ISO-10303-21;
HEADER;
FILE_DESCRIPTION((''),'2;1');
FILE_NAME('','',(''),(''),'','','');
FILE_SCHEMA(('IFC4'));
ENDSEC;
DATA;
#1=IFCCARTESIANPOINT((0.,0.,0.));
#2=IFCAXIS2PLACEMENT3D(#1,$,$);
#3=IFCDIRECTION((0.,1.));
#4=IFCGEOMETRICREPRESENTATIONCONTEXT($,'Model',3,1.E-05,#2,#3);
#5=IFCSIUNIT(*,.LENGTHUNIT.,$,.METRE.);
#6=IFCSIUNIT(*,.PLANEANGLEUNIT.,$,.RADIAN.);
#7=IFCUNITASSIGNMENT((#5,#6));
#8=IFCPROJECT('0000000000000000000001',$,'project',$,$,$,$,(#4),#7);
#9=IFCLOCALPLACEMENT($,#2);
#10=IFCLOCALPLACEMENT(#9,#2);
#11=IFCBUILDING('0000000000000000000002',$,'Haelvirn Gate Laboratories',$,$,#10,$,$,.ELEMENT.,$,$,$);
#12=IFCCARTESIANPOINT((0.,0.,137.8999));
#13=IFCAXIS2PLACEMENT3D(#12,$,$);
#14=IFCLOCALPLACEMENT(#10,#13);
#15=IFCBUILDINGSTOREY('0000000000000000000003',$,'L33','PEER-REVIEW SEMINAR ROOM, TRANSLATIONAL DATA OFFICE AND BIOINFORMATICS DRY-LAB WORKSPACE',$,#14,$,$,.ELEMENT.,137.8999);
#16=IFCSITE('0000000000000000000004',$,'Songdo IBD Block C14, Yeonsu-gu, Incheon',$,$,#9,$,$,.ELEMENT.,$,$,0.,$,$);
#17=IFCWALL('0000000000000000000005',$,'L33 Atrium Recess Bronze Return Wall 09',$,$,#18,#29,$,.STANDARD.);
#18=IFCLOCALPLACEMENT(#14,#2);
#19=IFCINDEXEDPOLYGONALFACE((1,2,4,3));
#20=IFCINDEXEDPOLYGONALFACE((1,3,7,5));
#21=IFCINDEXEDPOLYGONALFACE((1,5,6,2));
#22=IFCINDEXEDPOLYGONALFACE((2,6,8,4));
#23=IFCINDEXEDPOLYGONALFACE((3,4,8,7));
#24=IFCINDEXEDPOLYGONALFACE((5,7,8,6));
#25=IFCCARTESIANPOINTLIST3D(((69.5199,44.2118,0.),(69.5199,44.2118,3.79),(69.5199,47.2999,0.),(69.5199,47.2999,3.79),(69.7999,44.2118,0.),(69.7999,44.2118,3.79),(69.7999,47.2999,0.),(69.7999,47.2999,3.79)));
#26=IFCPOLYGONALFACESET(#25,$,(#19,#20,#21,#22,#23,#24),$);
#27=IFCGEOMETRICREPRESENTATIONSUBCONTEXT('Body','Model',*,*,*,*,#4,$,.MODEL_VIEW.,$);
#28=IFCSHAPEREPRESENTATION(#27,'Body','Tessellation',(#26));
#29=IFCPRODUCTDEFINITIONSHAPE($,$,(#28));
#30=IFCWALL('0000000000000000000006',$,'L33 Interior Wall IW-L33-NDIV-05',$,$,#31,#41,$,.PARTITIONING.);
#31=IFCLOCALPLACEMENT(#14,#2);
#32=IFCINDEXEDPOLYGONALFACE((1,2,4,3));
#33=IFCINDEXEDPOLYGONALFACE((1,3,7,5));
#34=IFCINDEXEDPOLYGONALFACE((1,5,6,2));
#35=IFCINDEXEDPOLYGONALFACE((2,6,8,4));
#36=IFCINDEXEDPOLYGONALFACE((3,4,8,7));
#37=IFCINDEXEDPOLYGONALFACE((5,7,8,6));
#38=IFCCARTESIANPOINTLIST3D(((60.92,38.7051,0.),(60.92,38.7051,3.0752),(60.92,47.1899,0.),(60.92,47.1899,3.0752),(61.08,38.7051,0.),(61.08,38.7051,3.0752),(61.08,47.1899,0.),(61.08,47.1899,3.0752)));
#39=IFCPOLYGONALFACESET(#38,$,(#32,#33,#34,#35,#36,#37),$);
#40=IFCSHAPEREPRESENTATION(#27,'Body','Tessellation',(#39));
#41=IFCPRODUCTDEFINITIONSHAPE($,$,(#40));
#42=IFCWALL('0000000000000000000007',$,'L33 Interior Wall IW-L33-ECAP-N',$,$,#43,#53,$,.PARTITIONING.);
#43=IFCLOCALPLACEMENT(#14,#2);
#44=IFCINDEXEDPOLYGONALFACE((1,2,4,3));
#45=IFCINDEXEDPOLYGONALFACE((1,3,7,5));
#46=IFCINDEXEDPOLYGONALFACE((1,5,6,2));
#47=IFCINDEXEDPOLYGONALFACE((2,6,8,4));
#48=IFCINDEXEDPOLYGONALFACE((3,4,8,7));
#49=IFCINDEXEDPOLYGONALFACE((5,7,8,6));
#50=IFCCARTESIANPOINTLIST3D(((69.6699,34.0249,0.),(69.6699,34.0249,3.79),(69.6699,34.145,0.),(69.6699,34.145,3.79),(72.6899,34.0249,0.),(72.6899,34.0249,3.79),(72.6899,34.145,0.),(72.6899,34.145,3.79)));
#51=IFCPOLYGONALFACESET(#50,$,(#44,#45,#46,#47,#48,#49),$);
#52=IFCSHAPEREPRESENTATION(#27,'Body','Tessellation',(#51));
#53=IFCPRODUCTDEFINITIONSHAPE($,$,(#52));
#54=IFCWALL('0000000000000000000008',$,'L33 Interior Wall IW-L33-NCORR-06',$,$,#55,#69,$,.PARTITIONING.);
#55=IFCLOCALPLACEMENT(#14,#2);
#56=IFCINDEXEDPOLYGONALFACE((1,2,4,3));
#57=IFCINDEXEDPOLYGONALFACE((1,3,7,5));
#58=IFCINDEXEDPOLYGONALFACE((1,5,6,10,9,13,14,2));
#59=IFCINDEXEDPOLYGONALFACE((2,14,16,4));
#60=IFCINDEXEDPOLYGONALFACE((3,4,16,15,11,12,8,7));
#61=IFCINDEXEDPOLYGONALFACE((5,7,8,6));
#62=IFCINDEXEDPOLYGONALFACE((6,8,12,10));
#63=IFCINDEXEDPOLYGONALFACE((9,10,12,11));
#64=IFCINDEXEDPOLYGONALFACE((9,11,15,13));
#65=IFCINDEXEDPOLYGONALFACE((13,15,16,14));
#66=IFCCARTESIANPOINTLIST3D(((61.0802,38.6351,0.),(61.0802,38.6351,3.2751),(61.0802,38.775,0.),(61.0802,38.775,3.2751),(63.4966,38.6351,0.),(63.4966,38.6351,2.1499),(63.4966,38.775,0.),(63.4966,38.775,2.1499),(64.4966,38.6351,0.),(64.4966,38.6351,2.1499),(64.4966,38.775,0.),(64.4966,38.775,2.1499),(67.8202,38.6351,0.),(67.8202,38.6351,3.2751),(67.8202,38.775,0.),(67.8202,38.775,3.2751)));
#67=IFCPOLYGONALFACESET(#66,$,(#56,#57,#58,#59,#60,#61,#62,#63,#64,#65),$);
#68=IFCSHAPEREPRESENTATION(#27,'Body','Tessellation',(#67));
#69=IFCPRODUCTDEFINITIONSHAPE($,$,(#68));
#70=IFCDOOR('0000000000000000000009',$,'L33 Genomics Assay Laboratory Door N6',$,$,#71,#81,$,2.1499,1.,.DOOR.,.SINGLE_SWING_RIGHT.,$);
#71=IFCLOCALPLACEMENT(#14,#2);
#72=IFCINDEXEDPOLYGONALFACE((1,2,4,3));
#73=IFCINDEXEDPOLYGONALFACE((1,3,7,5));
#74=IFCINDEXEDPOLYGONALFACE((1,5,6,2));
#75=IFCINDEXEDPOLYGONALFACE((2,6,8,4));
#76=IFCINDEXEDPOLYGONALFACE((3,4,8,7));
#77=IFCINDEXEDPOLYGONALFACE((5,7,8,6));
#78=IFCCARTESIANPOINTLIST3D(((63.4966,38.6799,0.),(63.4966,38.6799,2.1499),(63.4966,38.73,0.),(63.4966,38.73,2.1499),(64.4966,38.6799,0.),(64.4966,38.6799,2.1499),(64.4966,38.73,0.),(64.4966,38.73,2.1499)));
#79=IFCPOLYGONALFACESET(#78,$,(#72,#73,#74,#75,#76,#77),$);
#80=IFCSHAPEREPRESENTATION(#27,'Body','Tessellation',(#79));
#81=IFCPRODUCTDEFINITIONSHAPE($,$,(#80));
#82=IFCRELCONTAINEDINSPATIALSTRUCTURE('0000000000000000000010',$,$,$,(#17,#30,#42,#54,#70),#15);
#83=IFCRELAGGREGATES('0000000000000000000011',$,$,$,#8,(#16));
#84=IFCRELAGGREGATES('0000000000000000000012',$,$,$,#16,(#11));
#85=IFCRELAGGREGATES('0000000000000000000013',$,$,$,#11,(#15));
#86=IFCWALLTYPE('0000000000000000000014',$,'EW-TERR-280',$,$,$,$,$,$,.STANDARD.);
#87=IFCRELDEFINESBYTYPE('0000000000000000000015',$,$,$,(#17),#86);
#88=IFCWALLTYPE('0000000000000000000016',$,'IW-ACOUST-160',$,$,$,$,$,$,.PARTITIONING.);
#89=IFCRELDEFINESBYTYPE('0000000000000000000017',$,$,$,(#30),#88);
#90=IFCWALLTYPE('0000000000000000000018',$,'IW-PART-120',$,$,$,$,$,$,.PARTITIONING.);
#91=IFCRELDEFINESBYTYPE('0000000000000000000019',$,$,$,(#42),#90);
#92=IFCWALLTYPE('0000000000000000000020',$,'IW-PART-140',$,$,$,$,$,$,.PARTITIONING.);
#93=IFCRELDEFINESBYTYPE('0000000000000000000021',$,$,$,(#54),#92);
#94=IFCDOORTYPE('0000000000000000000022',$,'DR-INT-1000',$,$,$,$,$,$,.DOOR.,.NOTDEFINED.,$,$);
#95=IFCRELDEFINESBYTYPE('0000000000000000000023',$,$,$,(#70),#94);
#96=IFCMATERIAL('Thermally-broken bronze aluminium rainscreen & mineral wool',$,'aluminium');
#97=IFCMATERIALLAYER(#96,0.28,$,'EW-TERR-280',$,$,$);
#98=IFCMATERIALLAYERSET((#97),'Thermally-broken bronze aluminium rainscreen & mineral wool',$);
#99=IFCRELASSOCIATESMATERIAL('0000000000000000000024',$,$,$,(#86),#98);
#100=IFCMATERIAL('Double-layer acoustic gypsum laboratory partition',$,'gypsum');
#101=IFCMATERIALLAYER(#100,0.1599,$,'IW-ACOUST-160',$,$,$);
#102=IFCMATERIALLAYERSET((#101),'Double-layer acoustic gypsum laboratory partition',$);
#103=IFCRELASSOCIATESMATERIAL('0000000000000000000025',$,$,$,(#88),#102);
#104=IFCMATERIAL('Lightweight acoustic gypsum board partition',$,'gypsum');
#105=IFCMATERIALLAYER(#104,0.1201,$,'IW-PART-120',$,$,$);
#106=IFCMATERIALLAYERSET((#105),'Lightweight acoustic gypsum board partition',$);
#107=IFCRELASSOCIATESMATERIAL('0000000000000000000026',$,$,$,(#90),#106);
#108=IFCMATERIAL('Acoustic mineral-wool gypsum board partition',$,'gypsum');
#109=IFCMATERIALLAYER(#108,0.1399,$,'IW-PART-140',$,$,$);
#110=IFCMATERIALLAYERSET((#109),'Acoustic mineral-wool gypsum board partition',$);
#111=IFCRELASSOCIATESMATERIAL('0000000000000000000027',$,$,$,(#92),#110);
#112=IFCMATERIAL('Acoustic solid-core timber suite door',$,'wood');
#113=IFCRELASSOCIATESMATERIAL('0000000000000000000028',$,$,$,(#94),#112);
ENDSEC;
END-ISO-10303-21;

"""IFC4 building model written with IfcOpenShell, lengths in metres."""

from ifc_helpers import new_model, si_unit, direction, frame, frame_2d, origin, place, context, subcontext, project, spatial, rectangle, extrude, source, transform, mapped, material, layer, layer_set, type_object, type_shapes, element, fill, save


model = new_model("IFC4")

# Units and contexts
model_context = context("Model", 3, precision=1e-05, world=origin(), true_north=direction((0.0, 1.0)))
body_context = subcontext(model_context, "Body", "Model", "MODEL_VIEW")
ifc_project = project(units=[si_unit("LENGTHUNIT", "METRE"), si_unit("PLANEANGLEUNIT", "RADIAN")], contexts=[model_context])

# Site, building, storey
site_placement = place(None, origin())
site = spatial("IfcSite", under=ifc_project, at=site_placement, Name="Songdo IBD Block C14, Yeonsu-gu, Incheon", CompositionType="ELEMENT", RefElevation=0.0)
building_placement = place(site_placement, origin())
building = spatial("IfcBuilding", under=site, at=building_placement, Name="Haelvirn Gate Laboratories", CompositionType="ELEMENT")
storey_placement = place(building_placement, frame((0.0, 0.0, 137.8999)))
storey = spatial("IfcBuildingStorey", under=building, at=storey_placement, Name="L33", Description="PEER-REVIEW SEMINAR ROOM, TRANSLATIONAL DATA OFFICE AND BIOINFORMATICS DRY-LAB WORKSPACE", CompositionType="ELEMENT", Elevation=137.8999)

# Walls
ifc_material_1 = material(Name="Thermally-broken bronze aluminium rainscreen & mineral wool", Category="aluminium")
ifc_layer_1 = layer(ifc_material_1, 0.28, Name="EW-TERR-280")
ifc_layer_set_1 = layer_set([ifc_layer_1], Name="Thermally-broken bronze aluminium rainscreen & mineral wool")
wall_type_1 = type_object("IfcWallType", Name="EW-TERR-280", PredefinedType="STANDARD", material=ifc_layer_set_1)
wall_1_placement = place(storey_placement, frame((69.6599, 44.2119, 0.0), z_axis=(0.0, 0.0, 1.0), x_axis=(0.0, 1.0, 0.0)))
element("IfcWall", 1, at=wall_1_placement, inside=storey, type_object=wall_type_1, Name="L33 Atrium Recess Bronze Return Wall 09", PredefinedType="STANDARD", context=body_context, shape_type="SweptSolid", body=[
    extrude(rectangle(XDim=3.0881, YDim=0.28, at=frame_2d((1.5439, 0.0))), origin(), (0.0, 0.0, 1.0), 3.79),
])
ifc_material_2 = material(Name="Double-layer acoustic gypsum laboratory partition", Category="gypsum")
ifc_layer_2 = layer(ifc_material_2, 0.1599, Name="IW-ACOUST-160")
ifc_layer_set_2 = layer_set([ifc_layer_2], Name="Double-layer acoustic gypsum laboratory partition")
wall_type_2 = type_object("IfcWallType", Name="IW-ACOUST-160", PredefinedType="PARTITIONING", material=ifc_layer_set_2)
wall_2_placement = place(storey_placement, frame((61.0, 38.7051, 0.0), z_axis=(0.0, 0.0, 1.0), x_axis=(0.0, 1.0, 0.0)))
element("IfcWall", 2, at=wall_2_placement, inside=storey, type_object=wall_type_2, Name="L33 Interior Wall IW-L33-NDIV-05", PredefinedType="PARTITIONING", context=body_context, shape_type="SweptSolid", body=[
    extrude(rectangle(XDim=8.4849, YDim=0.1599, at=frame_2d((4.2424, 0.0))), origin(), (0.0, 0.0, 1.0), 3.0752),
])
ifc_material_3 = material(Name="Lightweight acoustic gypsum board partition", Category="gypsum")
ifc_layer_3 = layer(ifc_material_3, 0.1201, Name="IW-PART-120")
ifc_layer_set_3 = layer_set([ifc_layer_3], Name="Lightweight acoustic gypsum board partition")
wall_type_3 = type_object("IfcWallType", Name="IW-PART-120", PredefinedType="PARTITIONING", material=ifc_layer_set_3)
wall_3_placement = place(storey_placement, frame((69.6699, 34.085, 0.0), z_axis=(0.0, 0.0, 1.0), x_axis=(1.0, 0.0, 0.0)))
element("IfcWall", 3, at=wall_3_placement, inside=storey, type_object=wall_type_3, Name="L33 Interior Wall IW-L33-ECAP-N", PredefinedType="PARTITIONING", context=body_context, shape_type="SweptSolid", body=[
    extrude(rectangle(XDim=3.02, YDim=0.1201, at=frame_2d((1.51, 0.0))), origin(), (0.0, 0.0, 1.0), 3.79),
])

# Wall, opening, door
ifc_material_4 = material(Name="Acoustic mineral-wool gypsum board partition", Category="gypsum")
ifc_layer_4 = layer(ifc_material_4, 0.1399, Name="IW-PART-140")
ifc_layer_set_4 = layer_set([ifc_layer_4], Name="Acoustic mineral-wool gypsum board partition")
wall_type_4 = type_object("IfcWallType", Name="IW-PART-140", PredefinedType="PARTITIONING", material=ifc_layer_set_4)
wall_4_placement = place(storey_placement, frame((61.0801, 38.7051, 0.0), z_axis=(0.0, 0.0, 1.0), x_axis=(1.0, 0.0, 0.0)))
wall_4 = element("IfcWall", 4, at=wall_4_placement, inside=storey, type_object=wall_type_4, Name="L33 Interior Wall IW-L33-NCORR-06", PredefinedType="PARTITIONING", context=body_context, shape_type="SweptSolid", body=[
    extrude(rectangle(XDim=6.74, YDim=0.1399, at=frame_2d((3.3701, 0.0))), origin(), (0.0, 0.0, 1.0), 3.2751),
])
opening_placement = place(wall_4_placement, frame((2.4165, 0.0, 0.0)))
opening = element("IfcOpeningElement", 5, at=opening_placement, cuts=wall_4, PredefinedType="OPENING", context=body_context, shape_type="SweptSolid", body=[
    extrude(rectangle(XDim=1.0, YDim=2.1499, at=frame_2d((0.5, 1.075))), frame((0.0, 0.0801, 0.0), z_axis=(0.0, -1.0, 0.0), x_axis=(1.0, 0.0, 0.0)), (0.0, 0.0, 1.0), 0.1599),
])
ifc_material_5 = material(Name="Acoustic solid-core timber suite door", Category="wood")
door_type = type_object("IfcDoorType", Name="DR-INT-1000", OperationType="NOTDEFINED", PredefinedType="DOOR", material=ifc_material_5)
shared_shape_1 = source(origin(), body_context, "Body", "SweptSolid", [
    extrude(rectangle(XDim=1.0, YDim=2.1499, at=frame_2d((0.5, 1.075))), frame((0.0, 0.0249, 0.0), z_axis=(0.0, -1.0, 0.0), x_axis=(1.0, 0.0, 0.0)), (0.0, 0.0, 1.0), 0.05),
])
type_shapes(door_type, [shared_shape_1])
door_placement = place(opening_placement, origin())
door = element("IfcDoor", 6, at=door_placement, inside=storey, type_object=door_type, Name="L33 Genomics Assay Laboratory Door N6", OperationType="SINGLE_SWING_RIGHT", OverallHeight=2.1499, OverallWidth=1.0, PredefinedType="DOOR", context=body_context, shape_type="MappedRepresentation", body=[
    mapped(shared_shape_1, transform((0.0, 0.0, 0.0), scale=1.0)),
])
fill(opening, door)

save(model, "model.ifc")
